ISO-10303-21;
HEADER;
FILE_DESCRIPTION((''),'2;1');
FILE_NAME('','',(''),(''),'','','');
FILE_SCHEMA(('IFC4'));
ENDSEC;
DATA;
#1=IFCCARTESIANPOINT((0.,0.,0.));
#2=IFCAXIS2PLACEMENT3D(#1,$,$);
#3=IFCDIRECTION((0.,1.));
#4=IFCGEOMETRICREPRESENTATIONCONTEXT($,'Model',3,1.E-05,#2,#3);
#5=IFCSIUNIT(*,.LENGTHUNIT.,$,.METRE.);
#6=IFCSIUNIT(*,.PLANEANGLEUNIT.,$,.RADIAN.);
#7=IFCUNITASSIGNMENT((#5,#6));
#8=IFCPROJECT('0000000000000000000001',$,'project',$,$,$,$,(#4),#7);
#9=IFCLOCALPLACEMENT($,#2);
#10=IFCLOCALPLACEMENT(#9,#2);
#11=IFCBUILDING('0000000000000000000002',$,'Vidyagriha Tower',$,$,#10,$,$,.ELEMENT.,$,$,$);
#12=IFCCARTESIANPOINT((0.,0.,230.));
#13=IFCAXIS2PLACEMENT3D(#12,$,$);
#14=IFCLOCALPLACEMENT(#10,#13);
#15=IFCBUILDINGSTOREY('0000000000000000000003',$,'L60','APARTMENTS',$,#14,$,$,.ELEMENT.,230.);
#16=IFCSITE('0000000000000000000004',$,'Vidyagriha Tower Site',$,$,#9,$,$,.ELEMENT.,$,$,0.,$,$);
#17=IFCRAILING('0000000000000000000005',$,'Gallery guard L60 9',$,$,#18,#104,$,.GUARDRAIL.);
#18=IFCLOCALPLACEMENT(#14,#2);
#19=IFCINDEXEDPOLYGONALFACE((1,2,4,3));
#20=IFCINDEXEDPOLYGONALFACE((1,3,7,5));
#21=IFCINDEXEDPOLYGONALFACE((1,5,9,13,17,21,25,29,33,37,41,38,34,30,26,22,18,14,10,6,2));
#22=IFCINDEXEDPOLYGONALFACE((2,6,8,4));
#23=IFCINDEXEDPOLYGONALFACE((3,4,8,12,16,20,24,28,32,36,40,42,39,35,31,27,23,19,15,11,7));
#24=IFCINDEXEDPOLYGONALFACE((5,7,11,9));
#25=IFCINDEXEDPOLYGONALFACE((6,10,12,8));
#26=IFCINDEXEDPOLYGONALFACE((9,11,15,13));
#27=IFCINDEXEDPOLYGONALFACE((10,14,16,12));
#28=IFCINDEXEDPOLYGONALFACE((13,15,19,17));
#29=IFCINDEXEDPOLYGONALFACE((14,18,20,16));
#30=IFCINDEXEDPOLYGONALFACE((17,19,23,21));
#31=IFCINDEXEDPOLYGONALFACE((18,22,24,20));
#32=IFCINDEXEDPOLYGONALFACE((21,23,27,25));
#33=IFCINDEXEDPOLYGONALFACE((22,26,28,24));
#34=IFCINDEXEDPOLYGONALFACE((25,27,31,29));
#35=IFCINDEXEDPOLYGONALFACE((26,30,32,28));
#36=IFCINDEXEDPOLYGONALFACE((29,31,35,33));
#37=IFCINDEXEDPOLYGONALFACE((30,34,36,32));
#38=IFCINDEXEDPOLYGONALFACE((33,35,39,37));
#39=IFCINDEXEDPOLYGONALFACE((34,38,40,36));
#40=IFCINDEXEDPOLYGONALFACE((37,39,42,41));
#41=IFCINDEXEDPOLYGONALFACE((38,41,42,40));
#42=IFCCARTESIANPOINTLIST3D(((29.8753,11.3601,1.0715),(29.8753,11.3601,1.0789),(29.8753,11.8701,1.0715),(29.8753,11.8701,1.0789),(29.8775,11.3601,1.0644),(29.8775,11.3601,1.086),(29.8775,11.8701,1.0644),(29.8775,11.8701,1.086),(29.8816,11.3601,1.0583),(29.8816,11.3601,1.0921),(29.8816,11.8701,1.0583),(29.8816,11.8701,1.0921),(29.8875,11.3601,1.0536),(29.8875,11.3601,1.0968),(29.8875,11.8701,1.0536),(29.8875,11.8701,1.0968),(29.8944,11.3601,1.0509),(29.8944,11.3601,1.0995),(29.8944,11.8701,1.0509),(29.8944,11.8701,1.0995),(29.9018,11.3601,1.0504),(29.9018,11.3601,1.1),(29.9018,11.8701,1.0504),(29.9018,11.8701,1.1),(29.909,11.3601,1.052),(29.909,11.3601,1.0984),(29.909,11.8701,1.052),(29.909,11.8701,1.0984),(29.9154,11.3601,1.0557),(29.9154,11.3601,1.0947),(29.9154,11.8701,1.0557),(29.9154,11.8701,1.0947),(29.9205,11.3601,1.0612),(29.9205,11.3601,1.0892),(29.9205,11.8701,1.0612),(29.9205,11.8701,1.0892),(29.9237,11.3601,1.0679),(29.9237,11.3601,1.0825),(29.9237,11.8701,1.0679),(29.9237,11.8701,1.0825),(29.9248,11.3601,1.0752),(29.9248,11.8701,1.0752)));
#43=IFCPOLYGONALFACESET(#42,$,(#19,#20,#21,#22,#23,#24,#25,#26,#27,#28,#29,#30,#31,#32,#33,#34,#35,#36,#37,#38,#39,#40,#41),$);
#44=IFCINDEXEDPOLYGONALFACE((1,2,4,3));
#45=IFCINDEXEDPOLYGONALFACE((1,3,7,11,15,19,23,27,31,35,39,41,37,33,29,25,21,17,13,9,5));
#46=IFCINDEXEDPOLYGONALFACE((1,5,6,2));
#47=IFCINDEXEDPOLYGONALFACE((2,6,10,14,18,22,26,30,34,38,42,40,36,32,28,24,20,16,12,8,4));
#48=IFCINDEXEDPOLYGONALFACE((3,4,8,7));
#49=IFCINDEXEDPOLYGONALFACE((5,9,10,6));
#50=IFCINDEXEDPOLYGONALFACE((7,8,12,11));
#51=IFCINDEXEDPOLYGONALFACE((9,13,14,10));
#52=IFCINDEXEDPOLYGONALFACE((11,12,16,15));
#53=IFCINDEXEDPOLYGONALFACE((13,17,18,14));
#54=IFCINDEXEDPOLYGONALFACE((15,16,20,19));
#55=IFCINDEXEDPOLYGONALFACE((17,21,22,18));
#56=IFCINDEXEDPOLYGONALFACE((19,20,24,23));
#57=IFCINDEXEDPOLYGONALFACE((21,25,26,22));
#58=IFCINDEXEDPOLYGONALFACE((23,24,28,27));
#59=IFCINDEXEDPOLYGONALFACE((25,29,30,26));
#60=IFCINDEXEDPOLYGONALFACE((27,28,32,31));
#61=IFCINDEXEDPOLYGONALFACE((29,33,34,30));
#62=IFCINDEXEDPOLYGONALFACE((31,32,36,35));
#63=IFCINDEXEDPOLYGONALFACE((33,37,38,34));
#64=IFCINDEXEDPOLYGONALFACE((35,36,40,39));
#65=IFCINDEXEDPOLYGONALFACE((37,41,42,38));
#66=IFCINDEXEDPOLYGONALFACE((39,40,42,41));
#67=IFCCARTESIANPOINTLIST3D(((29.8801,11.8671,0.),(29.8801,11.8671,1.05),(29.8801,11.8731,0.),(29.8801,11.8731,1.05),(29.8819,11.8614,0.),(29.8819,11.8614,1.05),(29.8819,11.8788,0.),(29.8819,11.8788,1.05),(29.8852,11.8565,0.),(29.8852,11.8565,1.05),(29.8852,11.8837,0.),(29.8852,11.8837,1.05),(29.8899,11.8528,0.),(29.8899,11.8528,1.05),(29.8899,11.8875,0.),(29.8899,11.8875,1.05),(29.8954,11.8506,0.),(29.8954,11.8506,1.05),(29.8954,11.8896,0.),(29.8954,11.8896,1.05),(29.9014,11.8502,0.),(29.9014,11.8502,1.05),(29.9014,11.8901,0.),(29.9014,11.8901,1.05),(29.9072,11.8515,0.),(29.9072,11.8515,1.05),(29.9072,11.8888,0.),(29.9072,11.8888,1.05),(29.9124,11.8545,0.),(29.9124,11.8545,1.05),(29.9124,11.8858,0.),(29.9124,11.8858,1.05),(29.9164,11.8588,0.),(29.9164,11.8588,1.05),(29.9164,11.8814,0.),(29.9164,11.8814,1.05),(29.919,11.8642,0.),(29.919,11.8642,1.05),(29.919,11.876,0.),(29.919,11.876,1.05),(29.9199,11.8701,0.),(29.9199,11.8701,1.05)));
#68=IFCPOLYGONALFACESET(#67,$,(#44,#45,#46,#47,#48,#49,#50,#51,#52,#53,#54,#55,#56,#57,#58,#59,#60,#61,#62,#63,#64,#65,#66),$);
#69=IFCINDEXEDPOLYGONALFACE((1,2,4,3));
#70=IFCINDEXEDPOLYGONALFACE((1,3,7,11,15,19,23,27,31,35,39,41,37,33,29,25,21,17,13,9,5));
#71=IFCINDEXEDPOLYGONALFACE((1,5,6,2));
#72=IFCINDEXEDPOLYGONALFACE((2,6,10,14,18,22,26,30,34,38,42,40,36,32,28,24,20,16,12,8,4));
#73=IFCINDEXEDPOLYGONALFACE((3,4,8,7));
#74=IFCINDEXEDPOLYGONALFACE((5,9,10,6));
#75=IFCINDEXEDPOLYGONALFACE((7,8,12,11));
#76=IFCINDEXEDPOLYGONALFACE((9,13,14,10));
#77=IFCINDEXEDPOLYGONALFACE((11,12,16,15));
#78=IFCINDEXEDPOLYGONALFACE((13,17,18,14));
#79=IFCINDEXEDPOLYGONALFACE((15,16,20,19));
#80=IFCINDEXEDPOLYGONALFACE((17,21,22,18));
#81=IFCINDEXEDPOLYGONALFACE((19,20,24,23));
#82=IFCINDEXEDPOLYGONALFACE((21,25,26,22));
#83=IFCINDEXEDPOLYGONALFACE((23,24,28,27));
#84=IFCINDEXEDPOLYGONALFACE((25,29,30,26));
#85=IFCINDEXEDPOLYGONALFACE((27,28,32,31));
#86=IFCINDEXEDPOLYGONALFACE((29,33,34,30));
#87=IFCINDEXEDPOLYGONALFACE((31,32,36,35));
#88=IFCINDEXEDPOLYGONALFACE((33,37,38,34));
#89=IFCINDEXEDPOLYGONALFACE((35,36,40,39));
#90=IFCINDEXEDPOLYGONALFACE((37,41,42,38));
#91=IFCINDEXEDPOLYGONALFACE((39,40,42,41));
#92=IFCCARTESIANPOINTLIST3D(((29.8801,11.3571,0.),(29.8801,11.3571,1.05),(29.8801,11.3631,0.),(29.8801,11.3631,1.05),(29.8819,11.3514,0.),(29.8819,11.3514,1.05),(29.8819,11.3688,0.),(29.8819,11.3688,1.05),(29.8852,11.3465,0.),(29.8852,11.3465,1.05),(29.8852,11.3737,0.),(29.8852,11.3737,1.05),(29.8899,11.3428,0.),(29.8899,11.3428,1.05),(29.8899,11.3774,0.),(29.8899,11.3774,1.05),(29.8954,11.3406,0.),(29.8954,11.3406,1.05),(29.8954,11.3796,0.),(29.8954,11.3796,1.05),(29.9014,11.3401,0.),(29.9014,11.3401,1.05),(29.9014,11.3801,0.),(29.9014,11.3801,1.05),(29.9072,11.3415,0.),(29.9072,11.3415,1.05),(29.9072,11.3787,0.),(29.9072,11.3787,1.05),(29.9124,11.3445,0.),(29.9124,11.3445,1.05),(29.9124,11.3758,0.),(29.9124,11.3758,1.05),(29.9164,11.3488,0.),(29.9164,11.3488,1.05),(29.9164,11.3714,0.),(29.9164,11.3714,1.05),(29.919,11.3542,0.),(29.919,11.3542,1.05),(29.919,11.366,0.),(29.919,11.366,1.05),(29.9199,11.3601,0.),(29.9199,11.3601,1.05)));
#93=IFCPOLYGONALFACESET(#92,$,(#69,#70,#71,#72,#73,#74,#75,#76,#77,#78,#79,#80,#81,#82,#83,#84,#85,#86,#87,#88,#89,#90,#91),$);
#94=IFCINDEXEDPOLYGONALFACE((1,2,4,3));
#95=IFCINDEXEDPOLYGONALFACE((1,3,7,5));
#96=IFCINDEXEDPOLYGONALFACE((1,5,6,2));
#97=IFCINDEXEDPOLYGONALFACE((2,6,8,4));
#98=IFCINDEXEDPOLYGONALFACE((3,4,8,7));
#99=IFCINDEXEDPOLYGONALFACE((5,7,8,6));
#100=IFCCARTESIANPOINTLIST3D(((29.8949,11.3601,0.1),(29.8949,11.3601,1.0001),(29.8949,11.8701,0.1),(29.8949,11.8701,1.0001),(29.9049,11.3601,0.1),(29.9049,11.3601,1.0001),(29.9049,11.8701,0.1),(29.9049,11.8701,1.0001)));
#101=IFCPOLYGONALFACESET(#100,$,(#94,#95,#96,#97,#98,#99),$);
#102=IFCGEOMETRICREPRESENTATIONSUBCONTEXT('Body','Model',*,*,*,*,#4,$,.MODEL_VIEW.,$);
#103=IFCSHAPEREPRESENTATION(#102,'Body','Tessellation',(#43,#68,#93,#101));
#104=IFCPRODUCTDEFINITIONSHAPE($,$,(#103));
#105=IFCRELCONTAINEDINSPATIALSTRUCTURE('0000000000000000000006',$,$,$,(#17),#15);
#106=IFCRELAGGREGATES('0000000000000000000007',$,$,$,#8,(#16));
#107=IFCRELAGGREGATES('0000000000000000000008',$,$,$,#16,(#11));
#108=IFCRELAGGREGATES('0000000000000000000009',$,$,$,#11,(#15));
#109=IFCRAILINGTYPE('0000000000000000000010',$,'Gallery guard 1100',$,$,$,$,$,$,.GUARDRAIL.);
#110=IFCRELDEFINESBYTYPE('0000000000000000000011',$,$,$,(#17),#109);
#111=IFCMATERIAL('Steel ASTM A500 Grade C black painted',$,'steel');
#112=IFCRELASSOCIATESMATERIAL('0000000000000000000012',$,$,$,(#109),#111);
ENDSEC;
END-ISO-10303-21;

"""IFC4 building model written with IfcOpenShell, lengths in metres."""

from ifc_helpers import new_model, si_unit, direction, frame, origin, origin_2d, place, context, subcontext, project, spatial, rectangle, circle, extrude, material, type_object, element, save


model = new_model("IFC4")

# Units and contexts
model_context = context("Model", 3, precision=1e-05, world=origin(), true_north=direction((0.0, 1.0)))
body_context = subcontext(model_context, "Body", "Model", "MODEL_VIEW")
ifc_project = project(units=[si_unit("LENGTHUNIT", "METRE"), si_unit("PLANEANGLEUNIT", "RADIAN")], contexts=[model_context])

# Site, building, storey
site_placement = place(None, origin())
site = spatial("IfcSite", under=ifc_project, at=site_placement, Name="Vidyagriha Tower Site", CompositionType="ELEMENT", RefElevation=0.0)
building_placement = place(site_placement, origin())
building = spatial("IfcBuilding", under=site, at=building_placement, Name="Vidyagriha Tower", CompositionType="ELEMENT")
storey_placement = place(building_placement, frame((0.0, 0.0, 230.0)))
storey = spatial("IfcBuildingStorey", under=building, at=storey_placement, Name="L60", Description="APARTMENTS", CompositionType="ELEMENT", Elevation=230.0)

# Railing
ifc_material_1 = material(Name="Steel ASTM A500 Grade C black painted", Category="steel")
railing_type = type_object("IfcRailingType", Name="Gallery guard 1100", PredefinedType="GUARDRAIL", material=ifc_material_1)
railing_1_placement = place(storey_placement, frame((29.8999, 11.8701, 0.0)))
element("IfcRailing", 1, at=railing_1_placement, inside=storey, type_object=railing_type, Name="Gallery guard L60 9", PredefinedType="GUARDRAIL", context=body_context, shape_type="SweptSolid", body=[
    extrude(circle(Radius=0.0249, at=origin_2d()), frame((0.0, 0.0, 1.0752), z_axis=(0.0, -1.0, 0.0), x_axis=(1.0, 0.0, 0.0)), (0.0, 0.0, 1.0), 0.51),
    extrude(circle(Radius=0.02, at=origin_2d()), origin(), (0.0, 0.0, 1.0), 1.05),
    extrude(circle(Radius=0.02, at=origin_2d()), frame((0.0, -0.51, 0.0)), (0.0, 0.0, 1.0), 1.05),
    extrude(rectangle(XDim=0.01, YDim=0.9001, at=origin_2d()), frame((0.0, 0.0, 0.55), z_axis=(0.0, -1.0, 0.0), x_axis=(1.0, 0.0, 0.0)), (0.0, 0.0, 1.0), 0.51),
])

save(model, "model.ifc")
